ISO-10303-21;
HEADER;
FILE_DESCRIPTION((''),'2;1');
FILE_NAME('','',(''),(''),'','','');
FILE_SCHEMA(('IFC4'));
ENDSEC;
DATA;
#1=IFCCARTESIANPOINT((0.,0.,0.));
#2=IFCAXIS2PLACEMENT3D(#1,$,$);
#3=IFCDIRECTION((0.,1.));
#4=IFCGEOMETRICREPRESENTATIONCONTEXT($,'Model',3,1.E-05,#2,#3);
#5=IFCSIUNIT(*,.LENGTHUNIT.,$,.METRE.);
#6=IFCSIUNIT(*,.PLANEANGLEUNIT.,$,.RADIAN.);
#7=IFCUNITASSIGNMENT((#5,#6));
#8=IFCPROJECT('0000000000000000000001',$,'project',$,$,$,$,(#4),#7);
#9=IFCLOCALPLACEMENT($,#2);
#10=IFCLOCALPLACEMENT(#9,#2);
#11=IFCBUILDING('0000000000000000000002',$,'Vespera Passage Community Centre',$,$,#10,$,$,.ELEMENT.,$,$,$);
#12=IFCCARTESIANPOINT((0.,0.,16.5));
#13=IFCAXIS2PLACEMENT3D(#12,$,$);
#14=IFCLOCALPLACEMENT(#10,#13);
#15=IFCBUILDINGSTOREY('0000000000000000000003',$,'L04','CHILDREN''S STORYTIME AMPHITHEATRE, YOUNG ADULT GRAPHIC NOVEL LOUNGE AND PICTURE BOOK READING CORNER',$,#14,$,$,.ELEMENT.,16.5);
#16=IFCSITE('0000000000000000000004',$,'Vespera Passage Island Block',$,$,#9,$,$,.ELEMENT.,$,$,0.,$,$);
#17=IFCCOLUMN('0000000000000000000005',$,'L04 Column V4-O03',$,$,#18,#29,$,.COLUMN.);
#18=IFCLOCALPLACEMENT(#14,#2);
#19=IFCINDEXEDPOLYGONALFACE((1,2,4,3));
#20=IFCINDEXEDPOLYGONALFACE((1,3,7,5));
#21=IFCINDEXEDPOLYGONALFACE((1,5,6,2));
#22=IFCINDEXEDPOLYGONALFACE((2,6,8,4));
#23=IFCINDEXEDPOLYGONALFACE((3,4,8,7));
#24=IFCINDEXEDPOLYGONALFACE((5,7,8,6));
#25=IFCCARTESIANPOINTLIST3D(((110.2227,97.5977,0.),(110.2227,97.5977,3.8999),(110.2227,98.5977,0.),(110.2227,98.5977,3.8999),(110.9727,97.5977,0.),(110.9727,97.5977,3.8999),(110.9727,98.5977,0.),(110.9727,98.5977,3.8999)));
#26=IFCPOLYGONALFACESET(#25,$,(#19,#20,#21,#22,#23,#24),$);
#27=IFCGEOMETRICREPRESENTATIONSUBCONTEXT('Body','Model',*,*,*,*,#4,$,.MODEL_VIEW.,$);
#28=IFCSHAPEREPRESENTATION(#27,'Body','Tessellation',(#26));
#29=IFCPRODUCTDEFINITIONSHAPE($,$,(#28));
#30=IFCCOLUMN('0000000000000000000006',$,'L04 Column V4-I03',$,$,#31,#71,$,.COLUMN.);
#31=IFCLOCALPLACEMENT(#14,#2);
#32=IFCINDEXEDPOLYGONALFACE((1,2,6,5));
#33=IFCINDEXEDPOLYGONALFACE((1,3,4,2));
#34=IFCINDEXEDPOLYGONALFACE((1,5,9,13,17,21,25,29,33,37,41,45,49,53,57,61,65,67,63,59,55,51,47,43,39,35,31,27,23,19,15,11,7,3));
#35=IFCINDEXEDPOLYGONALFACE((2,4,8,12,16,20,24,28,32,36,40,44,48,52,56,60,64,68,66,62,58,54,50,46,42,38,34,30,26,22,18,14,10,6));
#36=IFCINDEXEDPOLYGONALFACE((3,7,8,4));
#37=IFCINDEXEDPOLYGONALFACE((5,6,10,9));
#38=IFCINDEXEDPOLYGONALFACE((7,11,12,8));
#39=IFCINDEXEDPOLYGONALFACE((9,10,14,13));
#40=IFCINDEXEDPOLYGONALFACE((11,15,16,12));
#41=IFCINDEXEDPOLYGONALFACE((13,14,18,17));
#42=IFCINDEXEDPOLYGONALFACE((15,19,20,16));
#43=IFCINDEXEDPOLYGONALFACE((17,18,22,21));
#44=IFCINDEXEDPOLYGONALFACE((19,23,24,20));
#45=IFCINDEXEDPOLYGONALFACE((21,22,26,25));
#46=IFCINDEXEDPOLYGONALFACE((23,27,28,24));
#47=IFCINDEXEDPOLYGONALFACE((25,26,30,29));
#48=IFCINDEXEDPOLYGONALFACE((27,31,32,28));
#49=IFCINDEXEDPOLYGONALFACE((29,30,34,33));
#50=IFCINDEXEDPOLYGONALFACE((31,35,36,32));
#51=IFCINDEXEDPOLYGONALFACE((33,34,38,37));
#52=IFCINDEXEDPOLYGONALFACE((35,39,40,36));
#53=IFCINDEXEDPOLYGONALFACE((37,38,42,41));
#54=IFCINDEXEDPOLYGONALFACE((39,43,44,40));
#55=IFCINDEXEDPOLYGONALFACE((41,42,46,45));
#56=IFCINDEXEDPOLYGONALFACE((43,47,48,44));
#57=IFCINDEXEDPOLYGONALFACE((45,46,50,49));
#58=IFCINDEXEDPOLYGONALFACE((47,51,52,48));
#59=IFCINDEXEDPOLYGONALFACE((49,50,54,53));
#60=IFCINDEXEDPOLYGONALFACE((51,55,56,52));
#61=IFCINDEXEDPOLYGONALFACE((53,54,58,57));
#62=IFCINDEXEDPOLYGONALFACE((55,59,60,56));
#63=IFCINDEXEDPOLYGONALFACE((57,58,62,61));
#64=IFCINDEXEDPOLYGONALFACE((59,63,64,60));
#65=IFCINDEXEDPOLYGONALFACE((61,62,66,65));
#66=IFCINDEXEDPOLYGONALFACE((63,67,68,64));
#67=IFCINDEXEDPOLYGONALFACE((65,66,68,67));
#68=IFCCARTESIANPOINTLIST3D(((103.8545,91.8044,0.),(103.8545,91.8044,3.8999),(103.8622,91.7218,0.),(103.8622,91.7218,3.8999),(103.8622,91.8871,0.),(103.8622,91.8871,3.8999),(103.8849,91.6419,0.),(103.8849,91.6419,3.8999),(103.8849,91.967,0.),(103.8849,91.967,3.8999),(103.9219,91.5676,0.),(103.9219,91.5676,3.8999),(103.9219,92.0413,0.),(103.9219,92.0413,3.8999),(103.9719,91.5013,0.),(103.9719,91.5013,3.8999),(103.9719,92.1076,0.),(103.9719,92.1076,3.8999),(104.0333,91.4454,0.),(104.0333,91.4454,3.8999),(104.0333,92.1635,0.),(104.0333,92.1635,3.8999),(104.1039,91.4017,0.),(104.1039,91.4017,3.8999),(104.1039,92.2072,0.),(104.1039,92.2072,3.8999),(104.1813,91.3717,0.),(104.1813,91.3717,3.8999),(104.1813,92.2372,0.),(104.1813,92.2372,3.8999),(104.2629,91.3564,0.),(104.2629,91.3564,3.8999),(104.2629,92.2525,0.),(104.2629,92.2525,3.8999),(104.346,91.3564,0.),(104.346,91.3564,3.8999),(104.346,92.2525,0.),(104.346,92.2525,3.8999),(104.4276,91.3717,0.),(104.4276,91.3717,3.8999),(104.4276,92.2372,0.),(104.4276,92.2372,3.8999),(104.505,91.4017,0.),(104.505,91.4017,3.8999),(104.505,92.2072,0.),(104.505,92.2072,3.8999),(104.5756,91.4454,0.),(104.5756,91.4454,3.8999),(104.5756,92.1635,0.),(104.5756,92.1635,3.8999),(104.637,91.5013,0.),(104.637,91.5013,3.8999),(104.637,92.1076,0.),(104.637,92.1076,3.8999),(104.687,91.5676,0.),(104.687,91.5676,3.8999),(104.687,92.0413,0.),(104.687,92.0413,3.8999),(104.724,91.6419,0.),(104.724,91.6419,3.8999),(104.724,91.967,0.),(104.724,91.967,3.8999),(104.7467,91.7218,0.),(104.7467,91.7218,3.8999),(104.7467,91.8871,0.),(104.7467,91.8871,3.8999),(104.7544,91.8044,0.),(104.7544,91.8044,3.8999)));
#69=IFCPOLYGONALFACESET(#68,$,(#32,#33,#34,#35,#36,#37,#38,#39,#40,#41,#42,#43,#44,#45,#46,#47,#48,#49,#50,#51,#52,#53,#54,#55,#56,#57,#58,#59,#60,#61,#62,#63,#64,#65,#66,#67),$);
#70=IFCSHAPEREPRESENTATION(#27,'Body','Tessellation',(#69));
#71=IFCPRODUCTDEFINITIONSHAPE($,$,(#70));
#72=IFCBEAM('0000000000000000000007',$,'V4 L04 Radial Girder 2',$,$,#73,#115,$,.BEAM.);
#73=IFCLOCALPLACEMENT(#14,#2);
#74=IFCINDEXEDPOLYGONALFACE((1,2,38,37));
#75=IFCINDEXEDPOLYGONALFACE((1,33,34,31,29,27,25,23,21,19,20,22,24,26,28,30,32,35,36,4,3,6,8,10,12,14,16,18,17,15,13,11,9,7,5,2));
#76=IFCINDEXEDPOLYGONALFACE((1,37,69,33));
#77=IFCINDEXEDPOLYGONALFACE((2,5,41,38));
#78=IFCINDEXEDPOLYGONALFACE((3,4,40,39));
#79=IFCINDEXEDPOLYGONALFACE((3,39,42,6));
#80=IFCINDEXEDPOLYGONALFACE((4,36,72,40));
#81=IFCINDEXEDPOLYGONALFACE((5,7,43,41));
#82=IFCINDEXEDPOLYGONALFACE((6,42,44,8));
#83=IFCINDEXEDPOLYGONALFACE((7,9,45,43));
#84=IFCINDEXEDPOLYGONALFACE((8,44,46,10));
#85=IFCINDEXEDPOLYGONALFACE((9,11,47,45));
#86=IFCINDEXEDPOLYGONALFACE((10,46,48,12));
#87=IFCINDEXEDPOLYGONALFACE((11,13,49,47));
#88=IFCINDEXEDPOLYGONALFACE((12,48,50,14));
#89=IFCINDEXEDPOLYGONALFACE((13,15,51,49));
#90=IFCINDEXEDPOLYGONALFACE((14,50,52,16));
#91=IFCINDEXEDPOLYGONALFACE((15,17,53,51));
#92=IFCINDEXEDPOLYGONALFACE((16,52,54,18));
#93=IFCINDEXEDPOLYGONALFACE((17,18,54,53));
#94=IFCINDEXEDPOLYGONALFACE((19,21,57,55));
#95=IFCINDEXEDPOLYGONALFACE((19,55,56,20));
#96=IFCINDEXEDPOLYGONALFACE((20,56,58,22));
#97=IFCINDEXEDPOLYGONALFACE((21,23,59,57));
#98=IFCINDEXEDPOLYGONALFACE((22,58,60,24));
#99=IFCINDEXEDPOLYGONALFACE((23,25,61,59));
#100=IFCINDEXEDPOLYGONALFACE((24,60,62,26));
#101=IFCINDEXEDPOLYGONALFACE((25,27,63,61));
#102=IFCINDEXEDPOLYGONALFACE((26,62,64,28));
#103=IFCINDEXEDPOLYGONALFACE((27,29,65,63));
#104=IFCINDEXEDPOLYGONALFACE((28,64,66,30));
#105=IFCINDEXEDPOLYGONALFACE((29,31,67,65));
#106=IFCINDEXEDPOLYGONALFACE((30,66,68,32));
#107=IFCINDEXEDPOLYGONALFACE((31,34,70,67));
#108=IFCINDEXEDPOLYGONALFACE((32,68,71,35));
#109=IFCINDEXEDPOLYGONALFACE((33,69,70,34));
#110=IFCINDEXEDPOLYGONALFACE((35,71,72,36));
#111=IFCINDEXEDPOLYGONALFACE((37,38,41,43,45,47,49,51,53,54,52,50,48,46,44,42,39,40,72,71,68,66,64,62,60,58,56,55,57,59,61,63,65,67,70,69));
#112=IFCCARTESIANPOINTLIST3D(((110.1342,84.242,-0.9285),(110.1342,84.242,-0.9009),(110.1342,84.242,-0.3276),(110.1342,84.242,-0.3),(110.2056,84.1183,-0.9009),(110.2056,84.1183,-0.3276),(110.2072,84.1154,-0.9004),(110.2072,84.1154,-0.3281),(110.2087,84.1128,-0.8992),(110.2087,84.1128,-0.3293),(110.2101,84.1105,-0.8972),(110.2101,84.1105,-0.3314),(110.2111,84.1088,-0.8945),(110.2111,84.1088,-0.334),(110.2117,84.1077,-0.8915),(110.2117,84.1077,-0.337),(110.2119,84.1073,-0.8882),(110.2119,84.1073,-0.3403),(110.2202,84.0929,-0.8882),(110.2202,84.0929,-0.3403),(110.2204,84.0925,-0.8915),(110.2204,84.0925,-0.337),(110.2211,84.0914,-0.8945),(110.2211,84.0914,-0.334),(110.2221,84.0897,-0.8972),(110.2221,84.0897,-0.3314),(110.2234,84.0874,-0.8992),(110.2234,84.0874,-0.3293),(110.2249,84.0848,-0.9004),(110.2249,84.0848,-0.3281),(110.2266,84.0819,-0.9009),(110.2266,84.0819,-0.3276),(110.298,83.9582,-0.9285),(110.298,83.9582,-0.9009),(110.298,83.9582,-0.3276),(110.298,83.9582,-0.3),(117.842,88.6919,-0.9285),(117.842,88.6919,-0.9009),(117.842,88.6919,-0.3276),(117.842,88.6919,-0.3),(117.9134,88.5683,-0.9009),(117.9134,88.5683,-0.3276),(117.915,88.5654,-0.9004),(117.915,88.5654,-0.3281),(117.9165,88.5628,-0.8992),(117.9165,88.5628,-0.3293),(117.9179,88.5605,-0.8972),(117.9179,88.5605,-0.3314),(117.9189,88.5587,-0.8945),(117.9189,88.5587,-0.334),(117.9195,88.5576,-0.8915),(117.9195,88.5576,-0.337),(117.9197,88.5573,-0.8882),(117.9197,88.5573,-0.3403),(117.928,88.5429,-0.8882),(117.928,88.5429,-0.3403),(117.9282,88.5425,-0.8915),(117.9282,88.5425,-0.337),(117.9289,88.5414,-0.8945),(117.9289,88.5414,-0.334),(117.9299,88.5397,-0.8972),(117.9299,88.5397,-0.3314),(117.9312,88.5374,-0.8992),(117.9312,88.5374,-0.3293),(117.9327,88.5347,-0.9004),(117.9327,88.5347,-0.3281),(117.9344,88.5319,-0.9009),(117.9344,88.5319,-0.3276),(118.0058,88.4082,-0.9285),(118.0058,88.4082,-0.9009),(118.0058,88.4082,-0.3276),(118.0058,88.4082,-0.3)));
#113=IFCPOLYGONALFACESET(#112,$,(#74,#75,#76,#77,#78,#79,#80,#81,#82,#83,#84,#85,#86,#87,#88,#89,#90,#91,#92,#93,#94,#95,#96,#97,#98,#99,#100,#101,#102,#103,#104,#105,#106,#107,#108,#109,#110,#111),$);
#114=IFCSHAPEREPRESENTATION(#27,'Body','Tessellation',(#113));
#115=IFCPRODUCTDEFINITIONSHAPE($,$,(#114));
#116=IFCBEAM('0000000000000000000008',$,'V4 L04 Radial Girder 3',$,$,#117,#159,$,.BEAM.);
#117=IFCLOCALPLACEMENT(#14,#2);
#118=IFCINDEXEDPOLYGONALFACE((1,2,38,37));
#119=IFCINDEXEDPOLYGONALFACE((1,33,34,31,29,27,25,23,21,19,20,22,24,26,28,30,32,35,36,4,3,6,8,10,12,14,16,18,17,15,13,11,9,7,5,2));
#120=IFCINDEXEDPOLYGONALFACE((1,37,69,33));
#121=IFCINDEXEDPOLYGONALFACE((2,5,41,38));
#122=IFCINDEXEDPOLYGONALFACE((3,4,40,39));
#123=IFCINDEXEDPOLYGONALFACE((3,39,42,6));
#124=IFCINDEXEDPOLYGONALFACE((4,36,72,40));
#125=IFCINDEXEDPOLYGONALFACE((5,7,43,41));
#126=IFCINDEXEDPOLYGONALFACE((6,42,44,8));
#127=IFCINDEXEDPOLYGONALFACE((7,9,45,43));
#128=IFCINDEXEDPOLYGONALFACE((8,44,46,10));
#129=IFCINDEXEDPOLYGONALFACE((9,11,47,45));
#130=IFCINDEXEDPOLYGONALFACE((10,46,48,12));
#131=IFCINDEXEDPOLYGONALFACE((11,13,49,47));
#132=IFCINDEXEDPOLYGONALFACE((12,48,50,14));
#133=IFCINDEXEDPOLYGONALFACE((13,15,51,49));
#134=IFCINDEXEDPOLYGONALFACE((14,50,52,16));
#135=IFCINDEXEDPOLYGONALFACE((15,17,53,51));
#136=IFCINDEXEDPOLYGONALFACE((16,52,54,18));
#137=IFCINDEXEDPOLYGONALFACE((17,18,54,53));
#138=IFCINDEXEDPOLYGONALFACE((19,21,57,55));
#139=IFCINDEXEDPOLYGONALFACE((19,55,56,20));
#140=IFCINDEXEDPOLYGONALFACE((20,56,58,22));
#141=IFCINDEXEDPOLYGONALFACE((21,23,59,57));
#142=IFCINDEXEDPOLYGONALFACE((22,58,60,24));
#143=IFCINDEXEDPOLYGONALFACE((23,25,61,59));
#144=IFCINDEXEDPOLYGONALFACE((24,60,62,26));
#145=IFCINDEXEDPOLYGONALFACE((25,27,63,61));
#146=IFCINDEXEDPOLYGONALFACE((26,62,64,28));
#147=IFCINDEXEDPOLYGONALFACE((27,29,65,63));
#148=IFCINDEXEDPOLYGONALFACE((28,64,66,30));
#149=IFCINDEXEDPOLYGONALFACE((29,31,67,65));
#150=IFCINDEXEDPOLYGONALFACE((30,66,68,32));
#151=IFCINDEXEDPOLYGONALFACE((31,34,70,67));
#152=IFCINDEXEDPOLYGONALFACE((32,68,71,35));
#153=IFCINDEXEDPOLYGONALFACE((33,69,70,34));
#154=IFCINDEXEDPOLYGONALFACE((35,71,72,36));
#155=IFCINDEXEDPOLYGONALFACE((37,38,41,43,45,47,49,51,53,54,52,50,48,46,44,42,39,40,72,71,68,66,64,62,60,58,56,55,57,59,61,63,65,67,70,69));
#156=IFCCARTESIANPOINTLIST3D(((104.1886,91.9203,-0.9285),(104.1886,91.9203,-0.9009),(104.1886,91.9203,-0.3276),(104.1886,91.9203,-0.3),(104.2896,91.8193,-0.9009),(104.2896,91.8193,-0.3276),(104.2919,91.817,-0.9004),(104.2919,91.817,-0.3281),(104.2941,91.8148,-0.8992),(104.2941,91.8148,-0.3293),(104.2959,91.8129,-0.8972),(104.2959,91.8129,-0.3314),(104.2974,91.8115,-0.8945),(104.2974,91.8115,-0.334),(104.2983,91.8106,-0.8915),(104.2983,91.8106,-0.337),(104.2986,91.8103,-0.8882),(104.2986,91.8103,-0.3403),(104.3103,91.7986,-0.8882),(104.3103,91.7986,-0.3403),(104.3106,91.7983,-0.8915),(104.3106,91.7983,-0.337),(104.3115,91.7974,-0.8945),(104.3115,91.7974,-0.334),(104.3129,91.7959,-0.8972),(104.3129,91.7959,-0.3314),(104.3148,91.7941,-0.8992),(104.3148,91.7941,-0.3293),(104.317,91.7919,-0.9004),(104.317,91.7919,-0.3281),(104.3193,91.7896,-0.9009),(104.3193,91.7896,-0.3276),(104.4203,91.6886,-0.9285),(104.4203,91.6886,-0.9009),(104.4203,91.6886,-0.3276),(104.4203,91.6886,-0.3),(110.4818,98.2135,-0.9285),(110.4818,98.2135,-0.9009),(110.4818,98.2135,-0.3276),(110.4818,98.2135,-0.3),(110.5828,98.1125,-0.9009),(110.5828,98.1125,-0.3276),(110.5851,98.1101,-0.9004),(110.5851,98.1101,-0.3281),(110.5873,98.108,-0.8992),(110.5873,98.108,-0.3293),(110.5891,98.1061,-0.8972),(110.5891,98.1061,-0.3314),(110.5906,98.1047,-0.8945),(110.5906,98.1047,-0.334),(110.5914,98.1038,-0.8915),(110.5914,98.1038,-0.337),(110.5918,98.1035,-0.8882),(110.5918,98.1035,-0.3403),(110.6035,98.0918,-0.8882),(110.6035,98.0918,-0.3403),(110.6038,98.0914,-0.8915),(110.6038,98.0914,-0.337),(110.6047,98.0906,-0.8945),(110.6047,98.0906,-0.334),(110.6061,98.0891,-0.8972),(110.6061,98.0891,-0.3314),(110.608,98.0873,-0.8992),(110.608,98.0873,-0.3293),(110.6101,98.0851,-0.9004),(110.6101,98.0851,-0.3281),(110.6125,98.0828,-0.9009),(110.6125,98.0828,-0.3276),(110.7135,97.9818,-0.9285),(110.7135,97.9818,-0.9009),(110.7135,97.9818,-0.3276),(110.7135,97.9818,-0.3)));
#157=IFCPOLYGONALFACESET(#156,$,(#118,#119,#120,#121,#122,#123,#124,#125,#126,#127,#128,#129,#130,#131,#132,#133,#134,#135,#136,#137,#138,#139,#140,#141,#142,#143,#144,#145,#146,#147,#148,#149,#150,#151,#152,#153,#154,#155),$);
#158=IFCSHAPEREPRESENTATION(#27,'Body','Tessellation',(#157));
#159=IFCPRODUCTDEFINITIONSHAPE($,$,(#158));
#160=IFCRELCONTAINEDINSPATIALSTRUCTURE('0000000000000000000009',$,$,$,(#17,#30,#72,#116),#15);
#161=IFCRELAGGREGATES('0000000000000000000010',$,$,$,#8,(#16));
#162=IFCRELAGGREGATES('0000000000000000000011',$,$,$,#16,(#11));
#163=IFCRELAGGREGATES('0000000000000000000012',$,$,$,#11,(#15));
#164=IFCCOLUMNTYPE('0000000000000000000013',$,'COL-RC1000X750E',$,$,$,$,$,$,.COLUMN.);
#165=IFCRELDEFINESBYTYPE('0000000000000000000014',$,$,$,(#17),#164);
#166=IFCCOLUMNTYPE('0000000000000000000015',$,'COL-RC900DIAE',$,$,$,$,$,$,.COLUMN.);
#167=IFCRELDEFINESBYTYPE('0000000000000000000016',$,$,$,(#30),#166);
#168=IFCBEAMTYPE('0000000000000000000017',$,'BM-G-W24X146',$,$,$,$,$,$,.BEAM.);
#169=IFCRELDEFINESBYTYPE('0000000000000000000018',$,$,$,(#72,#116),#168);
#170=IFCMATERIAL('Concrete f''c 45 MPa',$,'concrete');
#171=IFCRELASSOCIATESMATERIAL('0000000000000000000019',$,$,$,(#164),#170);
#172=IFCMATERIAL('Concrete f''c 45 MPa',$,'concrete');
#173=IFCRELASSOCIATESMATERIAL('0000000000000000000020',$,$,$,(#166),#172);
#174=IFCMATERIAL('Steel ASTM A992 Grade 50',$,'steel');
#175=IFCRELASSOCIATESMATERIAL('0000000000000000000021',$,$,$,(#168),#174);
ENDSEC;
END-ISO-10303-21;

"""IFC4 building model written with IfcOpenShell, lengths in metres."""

from ifc_helpers import new_model, si_unit, direction, frame, origin, origin_2d, place, context, subcontext, project, spatial, rectangle, circle, i_section, extrude, material, material_profile, profile_set, type_object, element, save


model = new_model("IFC4")

# Units and contexts
model_context = context("Model", 3, precision=1e-05, world=origin(), true_north=direction((0.0, 1.0)))
body_context = subcontext(model_context, "Body", "Model", "MODEL_VIEW")
ifc_project = project(units=[si_unit("LENGTHUNIT", "METRE"), si_unit("PLANEANGLEUNIT", "RADIAN")], contexts=[model_context])

# Site, building, storey
site_placement = place(None, origin())
site = spatial("IfcSite", under=ifc_project, at=site_placement, Name="Vespera Passage Island Block", CompositionType="ELEMENT", RefElevation=0.0)
building_placement = place(site_placement, origin())
building = spatial("IfcBuilding", under=site, at=building_placement, Name="Vespera Passage Community Centre", CompositionType="ELEMENT")
storey_placement = place(building_placement, frame((0.0, 0.0, 16.5)))
storey = spatial("IfcBuildingStorey", under=building, at=storey_placement, Name="L04", Description="CHILDREN'S STORYTIME AMPHITHEATRE, YOUNG ADULT GRAPHIC NOVEL LOUNGE AND PICTURE BOOK READING CORNER", CompositionType="ELEMENT", Elevation=16.5)

# Columns
ifc_material_1 = material(Name="Concrete f'c 45 MPa", Category="concrete")
ifc_material_profile_1 = material_profile(ifc_material_1, rectangle(XDim=0.75, YDim=1.0, at=origin_2d()), Name="RC1000X750")
ifc_profile_set_1 = profile_set([ifc_material_profile_1], Name="Concrete f'c 45 MPa")
column_type_1 = type_object("IfcColumnType", Name="COL-RC1000X750E", PredefinedType="COLUMN", material=ifc_profile_set_1)
column_1_placement = place(storey_placement, frame((110.5977, 98.0977, 0.0), z_axis=(0.0, 0.0, 1.0), x_axis=(1.0, 0.0, 0.0)))
element("IfcColumn", 1, at=column_1_placement, inside=storey, type_object=column_type_1, Name="L04 Column V4-O03", PredefinedType="COLUMN", context=body_context, shape_type="SweptSolid", body=[
    extrude(rectangle(XDim=0.75, YDim=1.0, at=origin_2d()), origin(), (0.0, 0.0, 1.0), 3.8999),
])
ifc_material_2 = material(Name="Concrete f'c 45 MPa", Category="concrete")
ifc_material_profile_2 = material_profile(ifc_material_2, circle(Radius=0.45, at=origin_2d()), Name="RC900DIA")
ifc_profile_set_2 = profile_set([ifc_material_profile_2], Name="Concrete f'c 45 MPa")
column_type_2 = type_object("IfcColumnType", Name="COL-RC900DIAE", PredefinedType="COLUMN", material=ifc_profile_set_2)
column_2_placement = place(storey_placement, frame((104.3044, 91.8044, 0.0), z_axis=(0.0, 0.0, 1.0), x_axis=(1.0, 0.0, 0.0)))
element("IfcColumn", 2, at=column_2_placement, inside=storey, type_object=column_type_2, Name="L04 Column V4-I03", PredefinedType="COLUMN", context=body_context, shape_type="SweptSolid", body=[
    extrude(circle(Radius=0.45, at=origin_2d()), origin(), (0.0, 0.0, 1.0), 3.8999),
])

# Beams
ifc_material_3 = material(Name="Steel ASTM A992 Grade 50", Category="steel")
ifc_material_profile_3 = material_profile(ifc_material_3, i_section(OverallWidth=0.3276, OverallDepth=0.6284, WebThickness=0.0166, FlangeThickness=0.0276, FilletRadius=0.0127, at=origin_2d()), Name="W24X146")
ifc_profile_set_3 = profile_set([ifc_material_profile_3], Name="Steel ASTM A992 Grade 50")
beam_type_1 = type_object("IfcBeamType", Name="BM-G-W24X146", PredefinedType="BEAM", material=ifc_profile_set_3)
beam_1_placement = place(storey_placement, frame((110.2161, 84.1001, -0.6143), z_axis=(0.866032, 0.499989, 0.0), x_axis=(-0.499989, 0.866032, 0.0)))
element("IfcBeam", 3, at=beam_1_placement, inside=storey, type_object=beam_type_1, Name="V4 L04 Radial Girder 2", PredefinedType="BEAM", context=body_context, shape_type="SweptSolid", body=[
    extrude(i_section(OverallWidth=0.3276, OverallDepth=0.6284, WebThickness=0.0166, FlangeThickness=0.0276, FilletRadius=0.0127, at=origin_2d()), origin(), (0.0, 0.0, 1.0), 8.9001),
])
beam_2_placement = place(storey_placement, frame((104.3044, 91.8044, -0.6143), z_axis=(0.707107, 0.707107, 0.0), x_axis=(-0.707107, 0.707107, 0.0)))
element("IfcBeam", 4, at=beam_2_placement, inside=storey, type_object=beam_type_1, Name="V4 L04 Radial Girder 3", PredefinedType="BEAM", context=body_context, shape_type="SweptSolid", body=[
    extrude(i_section(OverallWidth=0.3276, OverallDepth=0.6284, WebThickness=0.0166, FlangeThickness=0.0276, FilletRadius=0.0127, at=origin_2d()), origin(), (0.0, 0.0, 1.0), 8.8999),
])

save(model, "model.ifc")
